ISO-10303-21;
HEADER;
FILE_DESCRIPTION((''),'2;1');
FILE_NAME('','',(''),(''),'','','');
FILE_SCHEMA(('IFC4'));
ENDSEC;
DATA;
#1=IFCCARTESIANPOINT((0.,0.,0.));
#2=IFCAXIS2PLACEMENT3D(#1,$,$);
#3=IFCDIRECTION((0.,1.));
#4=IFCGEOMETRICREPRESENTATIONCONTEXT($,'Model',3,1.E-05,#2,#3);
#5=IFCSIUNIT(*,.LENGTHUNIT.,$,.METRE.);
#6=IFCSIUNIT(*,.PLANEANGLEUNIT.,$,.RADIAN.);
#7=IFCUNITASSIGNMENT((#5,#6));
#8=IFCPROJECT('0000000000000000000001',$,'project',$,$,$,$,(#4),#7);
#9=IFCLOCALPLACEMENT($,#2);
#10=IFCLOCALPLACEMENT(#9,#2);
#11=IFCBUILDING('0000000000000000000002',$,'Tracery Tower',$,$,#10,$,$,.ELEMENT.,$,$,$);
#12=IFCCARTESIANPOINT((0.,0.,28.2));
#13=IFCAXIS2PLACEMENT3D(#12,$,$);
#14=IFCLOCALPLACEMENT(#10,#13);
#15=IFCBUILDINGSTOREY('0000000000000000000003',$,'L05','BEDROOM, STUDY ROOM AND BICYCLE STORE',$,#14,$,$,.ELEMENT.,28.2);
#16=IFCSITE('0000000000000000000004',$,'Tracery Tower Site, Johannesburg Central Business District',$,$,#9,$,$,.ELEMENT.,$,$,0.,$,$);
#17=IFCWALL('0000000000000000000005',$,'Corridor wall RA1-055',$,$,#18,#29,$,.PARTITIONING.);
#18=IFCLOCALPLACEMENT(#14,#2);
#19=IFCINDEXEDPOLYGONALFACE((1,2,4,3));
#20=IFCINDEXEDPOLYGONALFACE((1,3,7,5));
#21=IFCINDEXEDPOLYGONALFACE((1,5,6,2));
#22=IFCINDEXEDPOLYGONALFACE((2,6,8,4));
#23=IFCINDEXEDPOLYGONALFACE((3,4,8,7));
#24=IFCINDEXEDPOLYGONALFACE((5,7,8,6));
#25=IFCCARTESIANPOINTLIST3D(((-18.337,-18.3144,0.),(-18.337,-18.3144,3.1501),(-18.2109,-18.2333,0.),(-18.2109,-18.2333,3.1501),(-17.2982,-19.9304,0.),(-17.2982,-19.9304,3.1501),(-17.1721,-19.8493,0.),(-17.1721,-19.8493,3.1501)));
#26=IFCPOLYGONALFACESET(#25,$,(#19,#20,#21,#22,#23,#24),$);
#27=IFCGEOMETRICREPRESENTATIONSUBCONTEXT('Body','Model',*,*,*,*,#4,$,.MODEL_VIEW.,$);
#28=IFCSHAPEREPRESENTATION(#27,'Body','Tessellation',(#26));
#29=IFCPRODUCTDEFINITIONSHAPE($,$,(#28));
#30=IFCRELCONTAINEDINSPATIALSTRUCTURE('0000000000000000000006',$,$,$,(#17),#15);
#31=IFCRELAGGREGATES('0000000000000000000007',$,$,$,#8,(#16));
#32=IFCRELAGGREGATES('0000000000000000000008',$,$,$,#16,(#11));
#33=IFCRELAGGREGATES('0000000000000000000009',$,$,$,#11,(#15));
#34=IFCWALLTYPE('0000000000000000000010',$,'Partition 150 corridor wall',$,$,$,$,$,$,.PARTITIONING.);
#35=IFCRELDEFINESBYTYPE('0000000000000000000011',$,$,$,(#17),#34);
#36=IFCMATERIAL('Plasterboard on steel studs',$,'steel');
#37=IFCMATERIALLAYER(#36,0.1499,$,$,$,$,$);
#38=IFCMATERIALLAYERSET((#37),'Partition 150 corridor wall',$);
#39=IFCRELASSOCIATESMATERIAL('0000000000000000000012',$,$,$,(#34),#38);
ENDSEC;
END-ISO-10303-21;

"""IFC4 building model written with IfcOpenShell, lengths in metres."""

from ifc_helpers import new_model, si_unit, direction, frame, frame_2d, origin, place, context, subcontext, project, spatial, rectangle, extrude, material, layer, layer_set, type_object, element, save


model = new_model("IFC4")

# Units and contexts
model_context = context("Model", 3, precision=1e-05, world=origin(), true_north=direction((0.0, 1.0)))
body_context = subcontext(model_context, "Body", "Model", "MODEL_VIEW")
ifc_project = project(units=[si_unit("LENGTHUNIT", "METRE"), si_unit("PLANEANGLEUNIT", "RADIAN")], contexts=[model_context])

# Site, building, storey
site_placement = place(None, origin())
site = spatial("IfcSite", under=ifc_project, at=site_placement, Name="Tracery Tower Site, Johannesburg Central Business District", CompositionType="ELEMENT", RefElevation=0.0)
building_placement = place(site_placement, origin())
building = spatial("IfcBuilding", under=site, at=building_placement, Name="Tracery Tower", CompositionType="ELEMENT")
storey_placement = place(building_placement, frame((0.0, 0.0, 28.2)))
storey = spatial("IfcBuildingStorey", under=building, at=storey_placement, Name="L05", Description="BEDROOM, STUDY ROOM AND BICYCLE STORE", CompositionType="ELEMENT", Elevation=28.2)

# Wall
ifc_material_1 = material(Name="Plasterboard on steel studs", Category="steel")
ifc_layer_1 = layer(ifc_material_1, 0.1499)
ifc_layer_set_1 = layer_set([ifc_layer_1], Name="Partition 150 corridor wall")
wall_type_1 = type_object("IfcWallType", Name="Partition 150 corridor wall", PredefinedType="PARTITIONING", material=ifc_layer_set_1)
wall_1_placement = place(storey_placement, frame((-18.2739, -18.2739, 0.0), z_axis=(0.0, 0.0, 1.0), x_axis=(0.540751, -0.841183, 0.0)))
element("IfcWall", 1, at=wall_1_placement, inside=storey, type_object=wall_type_1, Name="Corridor wall RA1-055", PredefinedType="PARTITIONING", context=body_context, shape_type="SweptSolid", body=[
    extrude(rectangle(XDim=1.9211, YDim=0.1499, at=frame_2d((0.9604, 0.0))), origin(), (0.0, 0.0, 1.0), 3.1501),
])

save(model, "model.ifc")
